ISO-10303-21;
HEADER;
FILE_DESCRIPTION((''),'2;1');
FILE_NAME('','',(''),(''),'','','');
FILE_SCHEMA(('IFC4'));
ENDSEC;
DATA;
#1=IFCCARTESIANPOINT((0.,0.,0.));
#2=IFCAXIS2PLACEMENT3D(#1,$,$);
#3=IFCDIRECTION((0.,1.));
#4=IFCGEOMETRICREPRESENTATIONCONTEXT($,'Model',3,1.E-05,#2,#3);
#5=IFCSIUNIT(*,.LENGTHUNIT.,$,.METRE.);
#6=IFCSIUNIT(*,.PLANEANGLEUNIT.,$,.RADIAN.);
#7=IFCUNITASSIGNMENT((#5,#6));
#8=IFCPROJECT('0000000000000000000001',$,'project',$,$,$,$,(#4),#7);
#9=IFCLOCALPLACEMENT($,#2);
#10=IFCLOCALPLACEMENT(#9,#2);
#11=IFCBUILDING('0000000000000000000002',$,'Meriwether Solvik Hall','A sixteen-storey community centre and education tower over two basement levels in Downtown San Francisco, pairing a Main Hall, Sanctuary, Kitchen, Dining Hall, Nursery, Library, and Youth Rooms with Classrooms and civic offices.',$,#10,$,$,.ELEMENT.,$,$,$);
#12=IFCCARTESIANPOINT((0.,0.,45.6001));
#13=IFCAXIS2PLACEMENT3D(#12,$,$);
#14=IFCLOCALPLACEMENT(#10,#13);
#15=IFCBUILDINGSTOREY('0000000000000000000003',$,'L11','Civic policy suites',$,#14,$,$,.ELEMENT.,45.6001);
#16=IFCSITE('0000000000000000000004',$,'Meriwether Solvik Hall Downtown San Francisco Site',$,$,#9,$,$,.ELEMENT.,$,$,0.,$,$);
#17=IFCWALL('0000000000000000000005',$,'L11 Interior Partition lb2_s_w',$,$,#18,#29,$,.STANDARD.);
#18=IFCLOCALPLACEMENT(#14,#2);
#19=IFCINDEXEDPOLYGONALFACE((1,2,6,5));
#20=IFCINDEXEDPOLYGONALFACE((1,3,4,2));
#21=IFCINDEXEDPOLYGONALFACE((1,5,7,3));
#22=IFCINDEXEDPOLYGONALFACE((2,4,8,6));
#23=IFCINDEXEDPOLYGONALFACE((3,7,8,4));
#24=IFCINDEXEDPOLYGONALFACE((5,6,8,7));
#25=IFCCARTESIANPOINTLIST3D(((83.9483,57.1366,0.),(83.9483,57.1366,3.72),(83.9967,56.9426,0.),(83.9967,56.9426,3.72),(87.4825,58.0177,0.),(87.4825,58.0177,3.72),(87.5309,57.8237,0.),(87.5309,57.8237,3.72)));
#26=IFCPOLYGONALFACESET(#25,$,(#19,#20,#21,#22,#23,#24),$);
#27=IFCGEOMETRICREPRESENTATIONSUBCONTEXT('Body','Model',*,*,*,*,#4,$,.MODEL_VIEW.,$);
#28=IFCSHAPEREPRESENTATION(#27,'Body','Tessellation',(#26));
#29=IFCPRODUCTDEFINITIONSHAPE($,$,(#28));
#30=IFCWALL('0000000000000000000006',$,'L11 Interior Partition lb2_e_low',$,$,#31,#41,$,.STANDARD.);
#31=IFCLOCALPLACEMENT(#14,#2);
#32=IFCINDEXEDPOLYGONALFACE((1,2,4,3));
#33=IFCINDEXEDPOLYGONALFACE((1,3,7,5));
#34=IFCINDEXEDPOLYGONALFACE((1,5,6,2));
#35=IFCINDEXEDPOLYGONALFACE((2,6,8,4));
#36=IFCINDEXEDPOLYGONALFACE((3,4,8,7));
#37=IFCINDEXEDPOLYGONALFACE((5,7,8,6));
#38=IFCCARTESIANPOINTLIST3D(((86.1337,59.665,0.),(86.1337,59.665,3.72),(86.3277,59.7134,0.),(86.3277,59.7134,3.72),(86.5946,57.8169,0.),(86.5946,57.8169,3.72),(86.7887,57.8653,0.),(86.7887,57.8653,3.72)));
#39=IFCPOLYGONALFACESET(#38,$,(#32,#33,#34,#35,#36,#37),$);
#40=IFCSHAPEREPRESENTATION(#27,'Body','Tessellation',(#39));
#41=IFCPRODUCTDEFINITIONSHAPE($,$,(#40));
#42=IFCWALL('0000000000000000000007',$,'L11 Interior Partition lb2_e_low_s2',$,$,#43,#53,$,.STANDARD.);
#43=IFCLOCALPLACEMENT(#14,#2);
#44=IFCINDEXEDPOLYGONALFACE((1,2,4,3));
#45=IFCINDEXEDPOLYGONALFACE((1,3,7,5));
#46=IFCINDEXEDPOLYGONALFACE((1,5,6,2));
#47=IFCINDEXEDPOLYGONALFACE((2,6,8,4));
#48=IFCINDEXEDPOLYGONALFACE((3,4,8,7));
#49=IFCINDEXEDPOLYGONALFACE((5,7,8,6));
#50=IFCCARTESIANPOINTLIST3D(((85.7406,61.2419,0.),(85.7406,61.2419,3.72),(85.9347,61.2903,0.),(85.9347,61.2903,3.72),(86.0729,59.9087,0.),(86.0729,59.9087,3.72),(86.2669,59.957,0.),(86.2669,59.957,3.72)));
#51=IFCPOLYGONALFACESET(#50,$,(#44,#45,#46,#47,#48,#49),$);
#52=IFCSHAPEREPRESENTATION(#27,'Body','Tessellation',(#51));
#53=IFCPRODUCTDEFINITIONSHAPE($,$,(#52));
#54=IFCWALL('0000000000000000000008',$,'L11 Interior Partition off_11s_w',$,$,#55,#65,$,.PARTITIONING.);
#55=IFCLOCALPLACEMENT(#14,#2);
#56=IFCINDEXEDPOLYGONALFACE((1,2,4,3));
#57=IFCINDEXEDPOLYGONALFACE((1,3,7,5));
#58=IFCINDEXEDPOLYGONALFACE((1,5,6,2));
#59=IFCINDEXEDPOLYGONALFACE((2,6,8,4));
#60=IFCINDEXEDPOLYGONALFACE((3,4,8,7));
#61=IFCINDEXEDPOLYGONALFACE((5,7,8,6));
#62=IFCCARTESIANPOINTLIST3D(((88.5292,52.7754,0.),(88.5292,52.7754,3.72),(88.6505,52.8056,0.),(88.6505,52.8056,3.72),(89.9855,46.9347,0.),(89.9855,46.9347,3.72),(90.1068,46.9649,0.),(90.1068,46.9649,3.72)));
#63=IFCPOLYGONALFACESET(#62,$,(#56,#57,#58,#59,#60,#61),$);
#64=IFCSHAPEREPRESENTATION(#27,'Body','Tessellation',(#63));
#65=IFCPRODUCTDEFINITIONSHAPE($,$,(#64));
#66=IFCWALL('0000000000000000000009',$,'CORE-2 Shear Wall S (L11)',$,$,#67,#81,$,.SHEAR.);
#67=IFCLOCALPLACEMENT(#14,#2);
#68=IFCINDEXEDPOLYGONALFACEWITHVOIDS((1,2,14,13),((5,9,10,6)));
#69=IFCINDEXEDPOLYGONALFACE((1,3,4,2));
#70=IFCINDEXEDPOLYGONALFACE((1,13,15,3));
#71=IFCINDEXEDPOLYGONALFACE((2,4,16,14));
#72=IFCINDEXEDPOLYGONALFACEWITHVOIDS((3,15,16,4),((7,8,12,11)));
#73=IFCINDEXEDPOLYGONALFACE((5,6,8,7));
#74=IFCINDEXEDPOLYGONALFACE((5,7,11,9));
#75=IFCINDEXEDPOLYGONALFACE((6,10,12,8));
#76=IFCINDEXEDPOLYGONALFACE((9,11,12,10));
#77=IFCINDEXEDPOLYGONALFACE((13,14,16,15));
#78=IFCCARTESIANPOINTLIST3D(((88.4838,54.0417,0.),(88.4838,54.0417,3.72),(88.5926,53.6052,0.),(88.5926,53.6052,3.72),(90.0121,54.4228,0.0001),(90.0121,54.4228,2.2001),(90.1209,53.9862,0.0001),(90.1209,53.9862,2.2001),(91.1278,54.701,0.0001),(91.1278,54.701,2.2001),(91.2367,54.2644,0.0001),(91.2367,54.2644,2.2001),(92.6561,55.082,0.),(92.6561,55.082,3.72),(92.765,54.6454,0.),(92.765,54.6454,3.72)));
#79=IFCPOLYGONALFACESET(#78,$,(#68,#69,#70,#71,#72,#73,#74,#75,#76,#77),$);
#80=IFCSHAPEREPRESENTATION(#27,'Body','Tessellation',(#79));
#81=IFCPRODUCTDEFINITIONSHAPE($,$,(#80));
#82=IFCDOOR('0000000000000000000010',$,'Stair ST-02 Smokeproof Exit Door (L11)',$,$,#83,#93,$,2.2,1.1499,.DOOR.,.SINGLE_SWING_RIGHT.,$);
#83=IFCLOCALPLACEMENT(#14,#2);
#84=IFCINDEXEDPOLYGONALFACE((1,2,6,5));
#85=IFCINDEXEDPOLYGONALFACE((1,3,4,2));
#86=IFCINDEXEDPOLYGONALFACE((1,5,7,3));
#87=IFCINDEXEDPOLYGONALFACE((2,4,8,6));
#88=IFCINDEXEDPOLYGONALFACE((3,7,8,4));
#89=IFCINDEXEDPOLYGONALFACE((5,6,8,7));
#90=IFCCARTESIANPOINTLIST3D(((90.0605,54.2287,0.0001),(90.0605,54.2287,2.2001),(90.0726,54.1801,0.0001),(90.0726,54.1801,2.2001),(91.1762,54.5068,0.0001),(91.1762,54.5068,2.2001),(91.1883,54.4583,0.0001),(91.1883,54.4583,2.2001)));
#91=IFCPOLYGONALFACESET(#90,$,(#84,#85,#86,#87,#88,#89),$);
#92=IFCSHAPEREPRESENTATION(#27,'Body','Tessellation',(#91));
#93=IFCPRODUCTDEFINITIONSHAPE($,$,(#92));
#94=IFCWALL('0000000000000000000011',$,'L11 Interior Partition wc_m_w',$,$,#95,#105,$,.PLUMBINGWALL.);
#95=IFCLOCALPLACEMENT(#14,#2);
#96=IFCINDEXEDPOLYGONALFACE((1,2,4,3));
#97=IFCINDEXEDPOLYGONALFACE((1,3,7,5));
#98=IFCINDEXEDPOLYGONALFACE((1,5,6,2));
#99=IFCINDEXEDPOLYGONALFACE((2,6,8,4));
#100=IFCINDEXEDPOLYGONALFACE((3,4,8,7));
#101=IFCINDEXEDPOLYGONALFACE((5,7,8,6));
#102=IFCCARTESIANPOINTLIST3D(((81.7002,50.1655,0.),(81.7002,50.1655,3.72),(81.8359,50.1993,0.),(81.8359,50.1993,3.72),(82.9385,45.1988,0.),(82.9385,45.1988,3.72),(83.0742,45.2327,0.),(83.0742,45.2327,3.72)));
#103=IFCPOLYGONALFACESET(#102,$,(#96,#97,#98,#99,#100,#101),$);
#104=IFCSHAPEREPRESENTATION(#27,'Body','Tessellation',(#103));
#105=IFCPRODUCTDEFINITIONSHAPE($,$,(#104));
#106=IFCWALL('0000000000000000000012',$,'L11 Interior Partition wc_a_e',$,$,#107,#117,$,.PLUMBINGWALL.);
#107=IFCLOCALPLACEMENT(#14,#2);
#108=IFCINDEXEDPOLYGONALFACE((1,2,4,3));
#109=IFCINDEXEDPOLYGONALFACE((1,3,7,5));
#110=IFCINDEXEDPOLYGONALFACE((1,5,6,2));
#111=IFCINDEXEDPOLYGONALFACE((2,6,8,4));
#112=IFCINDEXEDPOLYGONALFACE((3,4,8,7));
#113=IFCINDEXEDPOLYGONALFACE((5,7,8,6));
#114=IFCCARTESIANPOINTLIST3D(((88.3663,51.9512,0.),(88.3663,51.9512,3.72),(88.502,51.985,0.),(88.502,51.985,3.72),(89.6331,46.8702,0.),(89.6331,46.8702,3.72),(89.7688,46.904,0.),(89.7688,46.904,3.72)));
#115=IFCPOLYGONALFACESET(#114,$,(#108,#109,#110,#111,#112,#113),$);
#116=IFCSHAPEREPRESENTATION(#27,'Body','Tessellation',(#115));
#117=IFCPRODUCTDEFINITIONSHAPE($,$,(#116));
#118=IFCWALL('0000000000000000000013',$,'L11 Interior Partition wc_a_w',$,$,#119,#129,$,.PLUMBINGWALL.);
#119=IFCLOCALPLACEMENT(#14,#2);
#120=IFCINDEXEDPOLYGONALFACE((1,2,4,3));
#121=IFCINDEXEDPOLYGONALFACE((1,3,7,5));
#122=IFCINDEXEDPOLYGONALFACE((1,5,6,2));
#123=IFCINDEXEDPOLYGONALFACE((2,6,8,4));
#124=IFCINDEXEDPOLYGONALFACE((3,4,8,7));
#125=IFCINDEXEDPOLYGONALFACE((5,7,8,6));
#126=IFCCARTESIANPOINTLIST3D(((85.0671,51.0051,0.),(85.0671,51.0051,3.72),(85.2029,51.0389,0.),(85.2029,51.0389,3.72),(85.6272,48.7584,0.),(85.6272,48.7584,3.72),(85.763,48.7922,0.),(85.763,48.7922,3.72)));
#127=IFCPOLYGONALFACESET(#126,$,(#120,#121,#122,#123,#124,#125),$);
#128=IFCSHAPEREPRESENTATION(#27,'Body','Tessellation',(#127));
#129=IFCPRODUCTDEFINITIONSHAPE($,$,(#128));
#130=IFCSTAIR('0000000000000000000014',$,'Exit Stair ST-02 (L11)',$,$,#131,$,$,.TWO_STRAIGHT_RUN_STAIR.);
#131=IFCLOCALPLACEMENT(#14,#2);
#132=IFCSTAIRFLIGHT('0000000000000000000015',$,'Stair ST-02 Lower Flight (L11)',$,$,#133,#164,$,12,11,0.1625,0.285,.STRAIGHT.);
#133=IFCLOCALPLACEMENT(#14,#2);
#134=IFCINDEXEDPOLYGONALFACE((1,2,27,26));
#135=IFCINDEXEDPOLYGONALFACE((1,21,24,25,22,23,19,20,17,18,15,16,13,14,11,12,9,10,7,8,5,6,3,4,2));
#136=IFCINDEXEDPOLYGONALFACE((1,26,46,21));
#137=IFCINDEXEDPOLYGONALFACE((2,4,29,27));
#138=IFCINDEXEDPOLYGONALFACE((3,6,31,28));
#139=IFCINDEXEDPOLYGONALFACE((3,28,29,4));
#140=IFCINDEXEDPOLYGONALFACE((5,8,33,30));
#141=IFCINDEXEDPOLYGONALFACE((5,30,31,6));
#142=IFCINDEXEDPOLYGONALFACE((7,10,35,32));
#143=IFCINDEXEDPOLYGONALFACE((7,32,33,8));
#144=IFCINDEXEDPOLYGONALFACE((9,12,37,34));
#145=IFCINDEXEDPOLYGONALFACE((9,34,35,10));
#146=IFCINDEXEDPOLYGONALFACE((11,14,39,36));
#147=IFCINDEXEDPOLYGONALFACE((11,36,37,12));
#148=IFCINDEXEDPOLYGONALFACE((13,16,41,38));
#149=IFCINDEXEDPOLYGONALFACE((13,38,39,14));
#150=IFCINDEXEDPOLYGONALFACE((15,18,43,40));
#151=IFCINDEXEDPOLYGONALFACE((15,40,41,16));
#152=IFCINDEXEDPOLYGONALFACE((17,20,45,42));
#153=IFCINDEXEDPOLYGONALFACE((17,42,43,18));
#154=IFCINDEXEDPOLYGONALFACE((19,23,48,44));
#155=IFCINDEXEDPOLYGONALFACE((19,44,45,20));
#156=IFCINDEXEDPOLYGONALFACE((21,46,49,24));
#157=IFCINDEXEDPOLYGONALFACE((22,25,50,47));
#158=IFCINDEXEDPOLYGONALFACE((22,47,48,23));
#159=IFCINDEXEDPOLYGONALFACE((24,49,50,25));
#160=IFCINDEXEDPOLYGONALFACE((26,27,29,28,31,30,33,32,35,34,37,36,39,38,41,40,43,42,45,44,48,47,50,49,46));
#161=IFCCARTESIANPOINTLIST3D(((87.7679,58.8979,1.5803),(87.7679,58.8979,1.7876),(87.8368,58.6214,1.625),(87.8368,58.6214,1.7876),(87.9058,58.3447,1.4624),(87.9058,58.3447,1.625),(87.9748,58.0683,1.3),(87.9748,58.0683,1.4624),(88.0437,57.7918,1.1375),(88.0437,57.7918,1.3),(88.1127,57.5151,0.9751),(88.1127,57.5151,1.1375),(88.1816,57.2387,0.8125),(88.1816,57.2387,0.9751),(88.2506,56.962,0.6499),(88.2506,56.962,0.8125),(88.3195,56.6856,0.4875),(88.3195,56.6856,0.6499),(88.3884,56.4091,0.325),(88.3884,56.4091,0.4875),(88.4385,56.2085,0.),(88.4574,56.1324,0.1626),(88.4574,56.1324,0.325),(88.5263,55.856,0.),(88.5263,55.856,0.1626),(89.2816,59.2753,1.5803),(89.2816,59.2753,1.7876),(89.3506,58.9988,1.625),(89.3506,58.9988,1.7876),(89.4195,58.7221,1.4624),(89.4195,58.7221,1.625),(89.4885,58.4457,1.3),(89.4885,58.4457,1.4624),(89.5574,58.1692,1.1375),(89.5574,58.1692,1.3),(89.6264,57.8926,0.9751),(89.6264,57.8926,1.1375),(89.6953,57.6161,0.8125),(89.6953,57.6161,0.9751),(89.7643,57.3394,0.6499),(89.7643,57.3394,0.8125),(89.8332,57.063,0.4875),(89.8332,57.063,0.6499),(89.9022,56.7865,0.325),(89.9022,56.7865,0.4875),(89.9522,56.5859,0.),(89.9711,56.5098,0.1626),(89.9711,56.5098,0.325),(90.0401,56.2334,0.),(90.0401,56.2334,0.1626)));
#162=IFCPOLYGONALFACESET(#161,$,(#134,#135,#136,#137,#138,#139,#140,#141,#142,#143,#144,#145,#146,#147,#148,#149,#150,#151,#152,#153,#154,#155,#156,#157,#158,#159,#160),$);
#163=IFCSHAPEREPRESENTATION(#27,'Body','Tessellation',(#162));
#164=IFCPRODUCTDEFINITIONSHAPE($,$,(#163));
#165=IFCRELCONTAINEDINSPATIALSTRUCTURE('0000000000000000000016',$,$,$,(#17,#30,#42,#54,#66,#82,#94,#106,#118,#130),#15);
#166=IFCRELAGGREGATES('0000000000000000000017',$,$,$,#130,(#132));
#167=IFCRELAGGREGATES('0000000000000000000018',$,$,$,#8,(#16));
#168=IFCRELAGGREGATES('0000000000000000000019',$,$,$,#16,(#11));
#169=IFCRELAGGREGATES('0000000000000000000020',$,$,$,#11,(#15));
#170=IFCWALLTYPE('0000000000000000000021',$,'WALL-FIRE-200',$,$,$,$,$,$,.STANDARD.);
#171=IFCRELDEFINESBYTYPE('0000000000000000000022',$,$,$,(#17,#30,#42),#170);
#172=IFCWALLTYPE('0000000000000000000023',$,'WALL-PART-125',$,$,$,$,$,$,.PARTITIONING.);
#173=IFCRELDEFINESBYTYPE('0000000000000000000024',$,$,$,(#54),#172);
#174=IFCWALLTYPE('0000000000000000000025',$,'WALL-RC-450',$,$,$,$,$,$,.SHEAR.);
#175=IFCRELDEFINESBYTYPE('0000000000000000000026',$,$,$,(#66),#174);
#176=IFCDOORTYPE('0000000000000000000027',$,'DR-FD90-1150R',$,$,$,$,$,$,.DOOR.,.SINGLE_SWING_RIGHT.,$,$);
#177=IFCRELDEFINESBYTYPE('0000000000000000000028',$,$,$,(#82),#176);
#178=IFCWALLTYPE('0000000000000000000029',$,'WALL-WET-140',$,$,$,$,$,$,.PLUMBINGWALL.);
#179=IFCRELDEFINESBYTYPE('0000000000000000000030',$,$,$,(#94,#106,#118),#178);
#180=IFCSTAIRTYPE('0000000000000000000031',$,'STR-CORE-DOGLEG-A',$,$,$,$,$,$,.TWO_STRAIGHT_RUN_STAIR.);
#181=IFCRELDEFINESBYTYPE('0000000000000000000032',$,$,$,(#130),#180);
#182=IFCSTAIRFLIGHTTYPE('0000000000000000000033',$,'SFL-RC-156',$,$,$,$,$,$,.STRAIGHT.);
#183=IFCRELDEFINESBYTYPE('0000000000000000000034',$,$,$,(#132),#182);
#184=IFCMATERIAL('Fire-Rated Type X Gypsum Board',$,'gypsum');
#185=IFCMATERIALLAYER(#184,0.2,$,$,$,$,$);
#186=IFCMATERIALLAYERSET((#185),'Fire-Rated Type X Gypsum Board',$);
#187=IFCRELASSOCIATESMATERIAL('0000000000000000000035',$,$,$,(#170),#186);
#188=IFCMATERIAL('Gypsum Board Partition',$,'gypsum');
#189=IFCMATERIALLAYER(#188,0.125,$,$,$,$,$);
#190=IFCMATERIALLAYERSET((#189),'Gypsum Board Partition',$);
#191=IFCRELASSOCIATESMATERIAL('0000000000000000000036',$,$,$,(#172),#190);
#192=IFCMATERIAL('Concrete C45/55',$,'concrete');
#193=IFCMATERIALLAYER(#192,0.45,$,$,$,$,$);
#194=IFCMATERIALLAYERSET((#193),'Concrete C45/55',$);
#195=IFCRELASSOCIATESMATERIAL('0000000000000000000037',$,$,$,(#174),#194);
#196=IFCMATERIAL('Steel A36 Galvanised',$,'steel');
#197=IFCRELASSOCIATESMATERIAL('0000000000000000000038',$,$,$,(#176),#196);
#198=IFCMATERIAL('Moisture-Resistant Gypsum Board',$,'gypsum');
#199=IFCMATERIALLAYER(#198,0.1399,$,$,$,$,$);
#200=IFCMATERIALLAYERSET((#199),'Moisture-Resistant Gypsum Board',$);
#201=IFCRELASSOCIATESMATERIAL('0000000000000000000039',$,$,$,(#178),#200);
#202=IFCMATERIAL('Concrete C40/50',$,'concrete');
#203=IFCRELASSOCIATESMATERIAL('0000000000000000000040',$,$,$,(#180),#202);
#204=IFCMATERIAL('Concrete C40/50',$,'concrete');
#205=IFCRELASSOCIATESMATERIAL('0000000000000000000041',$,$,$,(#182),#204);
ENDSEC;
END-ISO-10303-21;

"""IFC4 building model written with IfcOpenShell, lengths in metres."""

from ifc_helpers import new_model, si_unit, direction, frame, frame_2d, origin, place, context, subcontext, project, spatial, polyline, rectangle, outline, extrude, material, layer, layer_set, type_object, element, fill, aggregate, save


model = new_model("IFC4")

# Units and contexts
model_context = context("Model", 3, precision=1e-05, world=origin(), true_north=direction((0.0, 1.0)))
body_context = subcontext(model_context, "Body", "Model", "MODEL_VIEW")
ifc_project = project(units=[si_unit("LENGTHUNIT", "METRE"), si_unit("PLANEANGLEUNIT", "RADIAN")], contexts=[model_context])

# Site, building, storey
site_placement = place(None, origin())
site = spatial("IfcSite", under=ifc_project, at=site_placement, Name="Meriwether Solvik Hall Downtown San Francisco Site", CompositionType="ELEMENT", RefElevation=0.0)
building_placement = place(site_placement, origin())
building = spatial("IfcBuilding", under=site, at=building_placement, Name="Meriwether Solvik Hall", Description="A sixteen-storey community centre and education tower over two basement levels in Downtown San Francisco, pairing a Main Hall, Sanctuary, Kitchen, Dining Hall, Nursery, Library, and Youth Rooms with Classrooms and civic offices.", CompositionType="ELEMENT")
storey_placement = place(building_placement, frame((0.0, 0.0, 45.6001)))
storey = spatial("IfcBuildingStorey", under=building, at=storey_placement, Name="L11", Description="Civic policy suites", CompositionType="ELEMENT", Elevation=45.6001)

# Walls
ifc_material_1 = material(Name="Fire-Rated Type X Gypsum Board", Category="gypsum")
ifc_layer_1 = layer(ifc_material_1, 0.2)
ifc_layer_set_1 = layer_set([ifc_layer_1], Name="Fire-Rated Type X Gypsum Board")
wall_type_1 = type_object("IfcWallType", Name="WALL-FIRE-200", PredefinedType="STANDARD", material=ifc_layer_set_1)
wall_1_placement = place(storey_placement, frame((83.9724, 57.0396, 0.0), z_axis=(0.0, 0.0, 1.0), x_axis=(0.9703, 0.241905, 0.0)))
element("IfcWall", 1, at=wall_1_placement, inside=storey, type_object=wall_type_1, Name="L11 Interior Partition lb2_s_w", PredefinedType="STANDARD", context=body_context, shape_type="SweptSolid", body=[
    extrude(rectangle(XDim=3.6423, YDim=0.2, at=frame_2d((1.8213, 0.0))), origin(), (0.0, 0.0, 1.0), 3.72),
])
wall_2_placement = place(storey_placement, frame((86.6917, 57.8411, 0.0), z_axis=(0.0, 0.0, 1.0), x_axis=(-0.241993, 0.970278, 0.0)))
element("IfcWall", 2, at=wall_2_placement, inside=storey, type_object=wall_type_1, Name="L11 Interior Partition lb2_e_low", PredefinedType="STANDARD", context=body_context, shape_type="SweptSolid", body=[
    extrude(rectangle(XDim=1.9048, YDim=0.2, at=frame_2d((0.9524, 0.0))), origin(), (0.0, 0.0, 1.0), 3.72),
])
wall_3_placement = place(storey_placement, frame((86.1699, 59.9329, 0.0), z_axis=(0.0, 0.0, 1.0), x_axis=(-0.241825, 0.97032, 0.0)))
element("IfcWall", 3, at=wall_3_placement, inside=storey, type_object=wall_type_1, Name="L11 Interior Partition lb2_e_low_s2", PredefinedType="STANDARD", context=body_context, shape_type="SweptSolid", body=[
    extrude(rectangle(XDim=1.374, YDim=0.2, at=frame_2d((0.687, 0.0))), origin(), (0.0, 0.0, 1.0), 3.72),
])
ifc_material_2 = material(Name="Gypsum Board Partition", Category="gypsum")
ifc_layer_2 = layer(ifc_material_2, 0.125)
ifc_layer_set_2 = layer_set([ifc_layer_2], Name="Gypsum Board Partition")
wall_type_2 = type_object("IfcWallType", Name="WALL-PART-125", PredefinedType="PARTITIONING", material=ifc_layer_set_2)
wall_4_placement = place(storey_placement, frame((88.5898, 52.7905, 0.0), z_axis=(0.0, 0.0, 1.0), x_axis=(0.241925, -0.970295, 0.0)))
element("IfcWall", 4, at=wall_4_placement, inside=storey, type_object=wall_type_2, Name="L11 Interior Partition off_11s_w", PredefinedType="PARTITIONING", context=body_context, shape_type="SweptSolid", body=[
    extrude(rectangle(XDim=6.0195, YDim=0.125, at=frame_2d((3.0098, 0.0))), origin(), (0.0, 0.0, 1.0), 3.72),
])

# Wall, opening, door
ifc_material_3 = material(Name="Concrete C45/55", Category="concrete")
ifc_layer_3 = layer(ifc_material_3, 0.45)
ifc_layer_set_3 = layer_set([ifc_layer_3], Name="Concrete C45/55")
wall_type_3 = type_object("IfcWallType", Name="WALL-RC-450", PredefinedType="SHEAR", material=ifc_layer_set_3)
wall_5_placement = place(storey_placement, frame((88.5383, 53.8235, 0.0), z_axis=(0.0, 0.0, 1.0), x_axis=(0.970296, 0.241921, 0.0)))
wall_5 = element("IfcWall", 5, at=wall_5_placement, inside=storey, type_object=wall_type_3, Name="CORE-2 Shear Wall S (L11)", PredefinedType="SHEAR", context=body_context, shape_type="SweptSolid", body=[
    extrude(rectangle(XDim=4.3, YDim=0.45, at=frame_2d((2.1499, 0.0))), origin(), (0.0, 0.0, 1.0), 3.72),
])
opening_1_placement = place(wall_5_placement, frame((1.575, 0.0, 0.0)))
opening_1 = element("IfcOpeningElement", 6, at=opening_1_placement, cuts=wall_5, PredefinedType="OPENING", context=body_context, shape_type="SweptSolid", body=[
    extrude(rectangle(XDim=1.1499, YDim=2.2, at=frame_2d((0.575, 1.1001))), frame((0.0, 0.2368, 0.0), z_axis=(0.0, -1.0, 0.0), x_axis=(1.0, 0.0, 0.0)), (0.0, 0.0, 1.0), 0.4739),
])
ifc_material_4 = material(Name="Steel A36 Galvanised", Category="steel")
door_type_1 = type_object("IfcDoorType", Name="DR-FD90-1150R", OperationType="SINGLE_SWING_RIGHT", PredefinedType="DOOR", material=ifc_material_4)
door_1_placement = place(opening_1_placement, origin())
door_1 = element("IfcDoor", 7, at=door_1_placement, inside=storey, type_object=door_type_1, Name="Stair ST-02 Smokeproof Exit Door (L11)", OperationType="SINGLE_SWING_RIGHT", OverallHeight=2.2, OverallWidth=1.1499, PredefinedType="DOOR", context=body_context, shape_type="SweptSolid", body=[
    extrude(rectangle(XDim=1.1499, YDim=2.2, at=frame_2d((0.575, 1.1001))), frame((0.0, 0.0249, 0.0), z_axis=(0.0, -1.0, 0.0), x_axis=(1.0, 0.0, 0.0)), (0.0, 0.0, 1.0), 0.05),
])
fill(opening_1, door_1)
ifc_material_5 = material(Name="Moisture-Resistant Gypsum Board", Category="gypsum")
ifc_layer_4 = layer(ifc_material_5, 0.1399)
ifc_layer_set_4 = layer_set([ifc_layer_4], Name="Moisture-Resistant Gypsum Board")
wall_type_4 = type_object("IfcWallType", Name="WALL-WET-140", PredefinedType="PLUMBINGWALL", material=ifc_layer_set_4)

# Walls
wall_6_placement = place(storey_placement, frame((81.7681, 50.1824, 0.0), z_axis=(0.0, 0.0, 1.0), x_axis=(0.241918, -0.970297, 0.0)))
element("IfcWall", 8, at=wall_6_placement, inside=storey, type_object=wall_type_4, Name="L11 Interior Partition wc_m_w", PredefinedType="PLUMBINGWALL", context=body_context, shape_type="SweptSolid", body=[
    extrude(rectangle(XDim=5.1187, YDim=0.1399, at=frame_2d((2.5593, 0.0))), origin(), (0.0, 0.0, 1.0), 3.72),
])
wall_7_placement = place(storey_placement, frame((89.7009, 46.8872, 0.0), z_axis=(0.0, 0.0, 1.0), x_axis=(-0.241921, 0.970296, 0.0)))
element("IfcWall", 9, at=wall_7_placement, inside=storey, type_object=wall_type_4, Name="L11 Interior Partition wc_a_e", PredefinedType="PLUMBINGWALL", context=body_context, shape_type="SweptSolid", body=[
    extrude(rectangle(XDim=5.2366, YDim=0.1399, at=frame_2d((2.6182, 0.0))), origin(), (0.0, 0.0, 1.0), 3.72),
])

# Wall
wall_8_placement = place(storey_placement, frame((85.135, 51.022, 0.0), z_axis=(0.0, 0.0, 1.0), x_axis=(0.24189, -0.970304, 0.0)))
element("IfcWall", 10, at=wall_8_placement, inside=storey, type_object=wall_type_4, Name="L11 Interior Partition wc_a_w", PredefinedType="PLUMBINGWALL", context=body_context, shape_type="SweptSolid", body=[
    extrude(rectangle(XDim=2.3154, YDim=0.1399, at=frame_2d((1.1577, 0.0))), origin(), (0.0, 0.0, 1.0), 3.72),
])

# Stair, stair flight
ifc_material_6 = material(Name="Concrete C40/50", Category="concrete")
stair_type = type_object("IfcStairType", Name="STR-CORE-DOGLEG-A", PredefinedType="TWO_STRAIGHT_RUN_STAIR", material=ifc_material_6)
stair_placement = place(storey_placement, origin())
stair = element("IfcStair", 11, at=stair_placement, inside=storey, type_object=stair_type, Name="Exit Stair ST-02 (L11)", PredefinedType="TWO_STRAIGHT_RUN_STAIR")
ifc_material_7 = material(Name="Concrete C40/50", Category="concrete")
stair_flight_type = type_object("IfcStairFlightType", Name="SFL-RC-156", PredefinedType="STRAIGHT", material=ifc_material_7)
stair_flight_1_placement = place(storey_placement, frame((89.2832, 56.0447, 0.0), z_axis=(0.0, 0.0, 1.0), x_axis=(-0.241922, 0.970296, 0.0)))
stair_flight_1 = element("IfcStairFlight", 12, at=stair_flight_1_placement, type_object=stair_flight_type, Name="Stair ST-02 Lower Flight (L11)", NumberOfRisers=12, NumberOfTreads=11, PredefinedType="STRAIGHT", RiserHeight=0.1625, TreadLength=0.285, context=body_context, shape_type="SweptSolid", body=[
    extrude(outline(polyline([(0.0, 0.0), (0.0, 0.1626), (0.2849, 0.1626), (0.2849, 0.325), (0.5701, 0.325), (0.5701, 0.4875), (0.855, 0.4875), (0.855, 0.6499), (1.1399, 0.6499), (1.1399, 0.8125), (1.425, 0.8125), (1.425, 0.9751), (1.71, 0.9751), (1.71, 1.1375), (1.9951, 1.1375), (1.9951, 1.3), (2.28, 1.3), (2.28, 1.4624), (2.5649, 1.4624), (2.5649, 1.625), (2.8501, 1.625), (2.8501, 1.7876), (3.135, 1.7876), (3.135, 1.95), (3.135, 1.5803), (0.3633, 0.0), (0.0, 0.0)])), frame((0.0, 0.78, 0.0), z_axis=(0.0, -1.0, 0.0), x_axis=(1.0, 0.0, 0.0)), (0.0, 0.0, 1.0), 1.5601),
])
aggregate(stair, [stair_flight_1])

save(model, "model.ifc")
